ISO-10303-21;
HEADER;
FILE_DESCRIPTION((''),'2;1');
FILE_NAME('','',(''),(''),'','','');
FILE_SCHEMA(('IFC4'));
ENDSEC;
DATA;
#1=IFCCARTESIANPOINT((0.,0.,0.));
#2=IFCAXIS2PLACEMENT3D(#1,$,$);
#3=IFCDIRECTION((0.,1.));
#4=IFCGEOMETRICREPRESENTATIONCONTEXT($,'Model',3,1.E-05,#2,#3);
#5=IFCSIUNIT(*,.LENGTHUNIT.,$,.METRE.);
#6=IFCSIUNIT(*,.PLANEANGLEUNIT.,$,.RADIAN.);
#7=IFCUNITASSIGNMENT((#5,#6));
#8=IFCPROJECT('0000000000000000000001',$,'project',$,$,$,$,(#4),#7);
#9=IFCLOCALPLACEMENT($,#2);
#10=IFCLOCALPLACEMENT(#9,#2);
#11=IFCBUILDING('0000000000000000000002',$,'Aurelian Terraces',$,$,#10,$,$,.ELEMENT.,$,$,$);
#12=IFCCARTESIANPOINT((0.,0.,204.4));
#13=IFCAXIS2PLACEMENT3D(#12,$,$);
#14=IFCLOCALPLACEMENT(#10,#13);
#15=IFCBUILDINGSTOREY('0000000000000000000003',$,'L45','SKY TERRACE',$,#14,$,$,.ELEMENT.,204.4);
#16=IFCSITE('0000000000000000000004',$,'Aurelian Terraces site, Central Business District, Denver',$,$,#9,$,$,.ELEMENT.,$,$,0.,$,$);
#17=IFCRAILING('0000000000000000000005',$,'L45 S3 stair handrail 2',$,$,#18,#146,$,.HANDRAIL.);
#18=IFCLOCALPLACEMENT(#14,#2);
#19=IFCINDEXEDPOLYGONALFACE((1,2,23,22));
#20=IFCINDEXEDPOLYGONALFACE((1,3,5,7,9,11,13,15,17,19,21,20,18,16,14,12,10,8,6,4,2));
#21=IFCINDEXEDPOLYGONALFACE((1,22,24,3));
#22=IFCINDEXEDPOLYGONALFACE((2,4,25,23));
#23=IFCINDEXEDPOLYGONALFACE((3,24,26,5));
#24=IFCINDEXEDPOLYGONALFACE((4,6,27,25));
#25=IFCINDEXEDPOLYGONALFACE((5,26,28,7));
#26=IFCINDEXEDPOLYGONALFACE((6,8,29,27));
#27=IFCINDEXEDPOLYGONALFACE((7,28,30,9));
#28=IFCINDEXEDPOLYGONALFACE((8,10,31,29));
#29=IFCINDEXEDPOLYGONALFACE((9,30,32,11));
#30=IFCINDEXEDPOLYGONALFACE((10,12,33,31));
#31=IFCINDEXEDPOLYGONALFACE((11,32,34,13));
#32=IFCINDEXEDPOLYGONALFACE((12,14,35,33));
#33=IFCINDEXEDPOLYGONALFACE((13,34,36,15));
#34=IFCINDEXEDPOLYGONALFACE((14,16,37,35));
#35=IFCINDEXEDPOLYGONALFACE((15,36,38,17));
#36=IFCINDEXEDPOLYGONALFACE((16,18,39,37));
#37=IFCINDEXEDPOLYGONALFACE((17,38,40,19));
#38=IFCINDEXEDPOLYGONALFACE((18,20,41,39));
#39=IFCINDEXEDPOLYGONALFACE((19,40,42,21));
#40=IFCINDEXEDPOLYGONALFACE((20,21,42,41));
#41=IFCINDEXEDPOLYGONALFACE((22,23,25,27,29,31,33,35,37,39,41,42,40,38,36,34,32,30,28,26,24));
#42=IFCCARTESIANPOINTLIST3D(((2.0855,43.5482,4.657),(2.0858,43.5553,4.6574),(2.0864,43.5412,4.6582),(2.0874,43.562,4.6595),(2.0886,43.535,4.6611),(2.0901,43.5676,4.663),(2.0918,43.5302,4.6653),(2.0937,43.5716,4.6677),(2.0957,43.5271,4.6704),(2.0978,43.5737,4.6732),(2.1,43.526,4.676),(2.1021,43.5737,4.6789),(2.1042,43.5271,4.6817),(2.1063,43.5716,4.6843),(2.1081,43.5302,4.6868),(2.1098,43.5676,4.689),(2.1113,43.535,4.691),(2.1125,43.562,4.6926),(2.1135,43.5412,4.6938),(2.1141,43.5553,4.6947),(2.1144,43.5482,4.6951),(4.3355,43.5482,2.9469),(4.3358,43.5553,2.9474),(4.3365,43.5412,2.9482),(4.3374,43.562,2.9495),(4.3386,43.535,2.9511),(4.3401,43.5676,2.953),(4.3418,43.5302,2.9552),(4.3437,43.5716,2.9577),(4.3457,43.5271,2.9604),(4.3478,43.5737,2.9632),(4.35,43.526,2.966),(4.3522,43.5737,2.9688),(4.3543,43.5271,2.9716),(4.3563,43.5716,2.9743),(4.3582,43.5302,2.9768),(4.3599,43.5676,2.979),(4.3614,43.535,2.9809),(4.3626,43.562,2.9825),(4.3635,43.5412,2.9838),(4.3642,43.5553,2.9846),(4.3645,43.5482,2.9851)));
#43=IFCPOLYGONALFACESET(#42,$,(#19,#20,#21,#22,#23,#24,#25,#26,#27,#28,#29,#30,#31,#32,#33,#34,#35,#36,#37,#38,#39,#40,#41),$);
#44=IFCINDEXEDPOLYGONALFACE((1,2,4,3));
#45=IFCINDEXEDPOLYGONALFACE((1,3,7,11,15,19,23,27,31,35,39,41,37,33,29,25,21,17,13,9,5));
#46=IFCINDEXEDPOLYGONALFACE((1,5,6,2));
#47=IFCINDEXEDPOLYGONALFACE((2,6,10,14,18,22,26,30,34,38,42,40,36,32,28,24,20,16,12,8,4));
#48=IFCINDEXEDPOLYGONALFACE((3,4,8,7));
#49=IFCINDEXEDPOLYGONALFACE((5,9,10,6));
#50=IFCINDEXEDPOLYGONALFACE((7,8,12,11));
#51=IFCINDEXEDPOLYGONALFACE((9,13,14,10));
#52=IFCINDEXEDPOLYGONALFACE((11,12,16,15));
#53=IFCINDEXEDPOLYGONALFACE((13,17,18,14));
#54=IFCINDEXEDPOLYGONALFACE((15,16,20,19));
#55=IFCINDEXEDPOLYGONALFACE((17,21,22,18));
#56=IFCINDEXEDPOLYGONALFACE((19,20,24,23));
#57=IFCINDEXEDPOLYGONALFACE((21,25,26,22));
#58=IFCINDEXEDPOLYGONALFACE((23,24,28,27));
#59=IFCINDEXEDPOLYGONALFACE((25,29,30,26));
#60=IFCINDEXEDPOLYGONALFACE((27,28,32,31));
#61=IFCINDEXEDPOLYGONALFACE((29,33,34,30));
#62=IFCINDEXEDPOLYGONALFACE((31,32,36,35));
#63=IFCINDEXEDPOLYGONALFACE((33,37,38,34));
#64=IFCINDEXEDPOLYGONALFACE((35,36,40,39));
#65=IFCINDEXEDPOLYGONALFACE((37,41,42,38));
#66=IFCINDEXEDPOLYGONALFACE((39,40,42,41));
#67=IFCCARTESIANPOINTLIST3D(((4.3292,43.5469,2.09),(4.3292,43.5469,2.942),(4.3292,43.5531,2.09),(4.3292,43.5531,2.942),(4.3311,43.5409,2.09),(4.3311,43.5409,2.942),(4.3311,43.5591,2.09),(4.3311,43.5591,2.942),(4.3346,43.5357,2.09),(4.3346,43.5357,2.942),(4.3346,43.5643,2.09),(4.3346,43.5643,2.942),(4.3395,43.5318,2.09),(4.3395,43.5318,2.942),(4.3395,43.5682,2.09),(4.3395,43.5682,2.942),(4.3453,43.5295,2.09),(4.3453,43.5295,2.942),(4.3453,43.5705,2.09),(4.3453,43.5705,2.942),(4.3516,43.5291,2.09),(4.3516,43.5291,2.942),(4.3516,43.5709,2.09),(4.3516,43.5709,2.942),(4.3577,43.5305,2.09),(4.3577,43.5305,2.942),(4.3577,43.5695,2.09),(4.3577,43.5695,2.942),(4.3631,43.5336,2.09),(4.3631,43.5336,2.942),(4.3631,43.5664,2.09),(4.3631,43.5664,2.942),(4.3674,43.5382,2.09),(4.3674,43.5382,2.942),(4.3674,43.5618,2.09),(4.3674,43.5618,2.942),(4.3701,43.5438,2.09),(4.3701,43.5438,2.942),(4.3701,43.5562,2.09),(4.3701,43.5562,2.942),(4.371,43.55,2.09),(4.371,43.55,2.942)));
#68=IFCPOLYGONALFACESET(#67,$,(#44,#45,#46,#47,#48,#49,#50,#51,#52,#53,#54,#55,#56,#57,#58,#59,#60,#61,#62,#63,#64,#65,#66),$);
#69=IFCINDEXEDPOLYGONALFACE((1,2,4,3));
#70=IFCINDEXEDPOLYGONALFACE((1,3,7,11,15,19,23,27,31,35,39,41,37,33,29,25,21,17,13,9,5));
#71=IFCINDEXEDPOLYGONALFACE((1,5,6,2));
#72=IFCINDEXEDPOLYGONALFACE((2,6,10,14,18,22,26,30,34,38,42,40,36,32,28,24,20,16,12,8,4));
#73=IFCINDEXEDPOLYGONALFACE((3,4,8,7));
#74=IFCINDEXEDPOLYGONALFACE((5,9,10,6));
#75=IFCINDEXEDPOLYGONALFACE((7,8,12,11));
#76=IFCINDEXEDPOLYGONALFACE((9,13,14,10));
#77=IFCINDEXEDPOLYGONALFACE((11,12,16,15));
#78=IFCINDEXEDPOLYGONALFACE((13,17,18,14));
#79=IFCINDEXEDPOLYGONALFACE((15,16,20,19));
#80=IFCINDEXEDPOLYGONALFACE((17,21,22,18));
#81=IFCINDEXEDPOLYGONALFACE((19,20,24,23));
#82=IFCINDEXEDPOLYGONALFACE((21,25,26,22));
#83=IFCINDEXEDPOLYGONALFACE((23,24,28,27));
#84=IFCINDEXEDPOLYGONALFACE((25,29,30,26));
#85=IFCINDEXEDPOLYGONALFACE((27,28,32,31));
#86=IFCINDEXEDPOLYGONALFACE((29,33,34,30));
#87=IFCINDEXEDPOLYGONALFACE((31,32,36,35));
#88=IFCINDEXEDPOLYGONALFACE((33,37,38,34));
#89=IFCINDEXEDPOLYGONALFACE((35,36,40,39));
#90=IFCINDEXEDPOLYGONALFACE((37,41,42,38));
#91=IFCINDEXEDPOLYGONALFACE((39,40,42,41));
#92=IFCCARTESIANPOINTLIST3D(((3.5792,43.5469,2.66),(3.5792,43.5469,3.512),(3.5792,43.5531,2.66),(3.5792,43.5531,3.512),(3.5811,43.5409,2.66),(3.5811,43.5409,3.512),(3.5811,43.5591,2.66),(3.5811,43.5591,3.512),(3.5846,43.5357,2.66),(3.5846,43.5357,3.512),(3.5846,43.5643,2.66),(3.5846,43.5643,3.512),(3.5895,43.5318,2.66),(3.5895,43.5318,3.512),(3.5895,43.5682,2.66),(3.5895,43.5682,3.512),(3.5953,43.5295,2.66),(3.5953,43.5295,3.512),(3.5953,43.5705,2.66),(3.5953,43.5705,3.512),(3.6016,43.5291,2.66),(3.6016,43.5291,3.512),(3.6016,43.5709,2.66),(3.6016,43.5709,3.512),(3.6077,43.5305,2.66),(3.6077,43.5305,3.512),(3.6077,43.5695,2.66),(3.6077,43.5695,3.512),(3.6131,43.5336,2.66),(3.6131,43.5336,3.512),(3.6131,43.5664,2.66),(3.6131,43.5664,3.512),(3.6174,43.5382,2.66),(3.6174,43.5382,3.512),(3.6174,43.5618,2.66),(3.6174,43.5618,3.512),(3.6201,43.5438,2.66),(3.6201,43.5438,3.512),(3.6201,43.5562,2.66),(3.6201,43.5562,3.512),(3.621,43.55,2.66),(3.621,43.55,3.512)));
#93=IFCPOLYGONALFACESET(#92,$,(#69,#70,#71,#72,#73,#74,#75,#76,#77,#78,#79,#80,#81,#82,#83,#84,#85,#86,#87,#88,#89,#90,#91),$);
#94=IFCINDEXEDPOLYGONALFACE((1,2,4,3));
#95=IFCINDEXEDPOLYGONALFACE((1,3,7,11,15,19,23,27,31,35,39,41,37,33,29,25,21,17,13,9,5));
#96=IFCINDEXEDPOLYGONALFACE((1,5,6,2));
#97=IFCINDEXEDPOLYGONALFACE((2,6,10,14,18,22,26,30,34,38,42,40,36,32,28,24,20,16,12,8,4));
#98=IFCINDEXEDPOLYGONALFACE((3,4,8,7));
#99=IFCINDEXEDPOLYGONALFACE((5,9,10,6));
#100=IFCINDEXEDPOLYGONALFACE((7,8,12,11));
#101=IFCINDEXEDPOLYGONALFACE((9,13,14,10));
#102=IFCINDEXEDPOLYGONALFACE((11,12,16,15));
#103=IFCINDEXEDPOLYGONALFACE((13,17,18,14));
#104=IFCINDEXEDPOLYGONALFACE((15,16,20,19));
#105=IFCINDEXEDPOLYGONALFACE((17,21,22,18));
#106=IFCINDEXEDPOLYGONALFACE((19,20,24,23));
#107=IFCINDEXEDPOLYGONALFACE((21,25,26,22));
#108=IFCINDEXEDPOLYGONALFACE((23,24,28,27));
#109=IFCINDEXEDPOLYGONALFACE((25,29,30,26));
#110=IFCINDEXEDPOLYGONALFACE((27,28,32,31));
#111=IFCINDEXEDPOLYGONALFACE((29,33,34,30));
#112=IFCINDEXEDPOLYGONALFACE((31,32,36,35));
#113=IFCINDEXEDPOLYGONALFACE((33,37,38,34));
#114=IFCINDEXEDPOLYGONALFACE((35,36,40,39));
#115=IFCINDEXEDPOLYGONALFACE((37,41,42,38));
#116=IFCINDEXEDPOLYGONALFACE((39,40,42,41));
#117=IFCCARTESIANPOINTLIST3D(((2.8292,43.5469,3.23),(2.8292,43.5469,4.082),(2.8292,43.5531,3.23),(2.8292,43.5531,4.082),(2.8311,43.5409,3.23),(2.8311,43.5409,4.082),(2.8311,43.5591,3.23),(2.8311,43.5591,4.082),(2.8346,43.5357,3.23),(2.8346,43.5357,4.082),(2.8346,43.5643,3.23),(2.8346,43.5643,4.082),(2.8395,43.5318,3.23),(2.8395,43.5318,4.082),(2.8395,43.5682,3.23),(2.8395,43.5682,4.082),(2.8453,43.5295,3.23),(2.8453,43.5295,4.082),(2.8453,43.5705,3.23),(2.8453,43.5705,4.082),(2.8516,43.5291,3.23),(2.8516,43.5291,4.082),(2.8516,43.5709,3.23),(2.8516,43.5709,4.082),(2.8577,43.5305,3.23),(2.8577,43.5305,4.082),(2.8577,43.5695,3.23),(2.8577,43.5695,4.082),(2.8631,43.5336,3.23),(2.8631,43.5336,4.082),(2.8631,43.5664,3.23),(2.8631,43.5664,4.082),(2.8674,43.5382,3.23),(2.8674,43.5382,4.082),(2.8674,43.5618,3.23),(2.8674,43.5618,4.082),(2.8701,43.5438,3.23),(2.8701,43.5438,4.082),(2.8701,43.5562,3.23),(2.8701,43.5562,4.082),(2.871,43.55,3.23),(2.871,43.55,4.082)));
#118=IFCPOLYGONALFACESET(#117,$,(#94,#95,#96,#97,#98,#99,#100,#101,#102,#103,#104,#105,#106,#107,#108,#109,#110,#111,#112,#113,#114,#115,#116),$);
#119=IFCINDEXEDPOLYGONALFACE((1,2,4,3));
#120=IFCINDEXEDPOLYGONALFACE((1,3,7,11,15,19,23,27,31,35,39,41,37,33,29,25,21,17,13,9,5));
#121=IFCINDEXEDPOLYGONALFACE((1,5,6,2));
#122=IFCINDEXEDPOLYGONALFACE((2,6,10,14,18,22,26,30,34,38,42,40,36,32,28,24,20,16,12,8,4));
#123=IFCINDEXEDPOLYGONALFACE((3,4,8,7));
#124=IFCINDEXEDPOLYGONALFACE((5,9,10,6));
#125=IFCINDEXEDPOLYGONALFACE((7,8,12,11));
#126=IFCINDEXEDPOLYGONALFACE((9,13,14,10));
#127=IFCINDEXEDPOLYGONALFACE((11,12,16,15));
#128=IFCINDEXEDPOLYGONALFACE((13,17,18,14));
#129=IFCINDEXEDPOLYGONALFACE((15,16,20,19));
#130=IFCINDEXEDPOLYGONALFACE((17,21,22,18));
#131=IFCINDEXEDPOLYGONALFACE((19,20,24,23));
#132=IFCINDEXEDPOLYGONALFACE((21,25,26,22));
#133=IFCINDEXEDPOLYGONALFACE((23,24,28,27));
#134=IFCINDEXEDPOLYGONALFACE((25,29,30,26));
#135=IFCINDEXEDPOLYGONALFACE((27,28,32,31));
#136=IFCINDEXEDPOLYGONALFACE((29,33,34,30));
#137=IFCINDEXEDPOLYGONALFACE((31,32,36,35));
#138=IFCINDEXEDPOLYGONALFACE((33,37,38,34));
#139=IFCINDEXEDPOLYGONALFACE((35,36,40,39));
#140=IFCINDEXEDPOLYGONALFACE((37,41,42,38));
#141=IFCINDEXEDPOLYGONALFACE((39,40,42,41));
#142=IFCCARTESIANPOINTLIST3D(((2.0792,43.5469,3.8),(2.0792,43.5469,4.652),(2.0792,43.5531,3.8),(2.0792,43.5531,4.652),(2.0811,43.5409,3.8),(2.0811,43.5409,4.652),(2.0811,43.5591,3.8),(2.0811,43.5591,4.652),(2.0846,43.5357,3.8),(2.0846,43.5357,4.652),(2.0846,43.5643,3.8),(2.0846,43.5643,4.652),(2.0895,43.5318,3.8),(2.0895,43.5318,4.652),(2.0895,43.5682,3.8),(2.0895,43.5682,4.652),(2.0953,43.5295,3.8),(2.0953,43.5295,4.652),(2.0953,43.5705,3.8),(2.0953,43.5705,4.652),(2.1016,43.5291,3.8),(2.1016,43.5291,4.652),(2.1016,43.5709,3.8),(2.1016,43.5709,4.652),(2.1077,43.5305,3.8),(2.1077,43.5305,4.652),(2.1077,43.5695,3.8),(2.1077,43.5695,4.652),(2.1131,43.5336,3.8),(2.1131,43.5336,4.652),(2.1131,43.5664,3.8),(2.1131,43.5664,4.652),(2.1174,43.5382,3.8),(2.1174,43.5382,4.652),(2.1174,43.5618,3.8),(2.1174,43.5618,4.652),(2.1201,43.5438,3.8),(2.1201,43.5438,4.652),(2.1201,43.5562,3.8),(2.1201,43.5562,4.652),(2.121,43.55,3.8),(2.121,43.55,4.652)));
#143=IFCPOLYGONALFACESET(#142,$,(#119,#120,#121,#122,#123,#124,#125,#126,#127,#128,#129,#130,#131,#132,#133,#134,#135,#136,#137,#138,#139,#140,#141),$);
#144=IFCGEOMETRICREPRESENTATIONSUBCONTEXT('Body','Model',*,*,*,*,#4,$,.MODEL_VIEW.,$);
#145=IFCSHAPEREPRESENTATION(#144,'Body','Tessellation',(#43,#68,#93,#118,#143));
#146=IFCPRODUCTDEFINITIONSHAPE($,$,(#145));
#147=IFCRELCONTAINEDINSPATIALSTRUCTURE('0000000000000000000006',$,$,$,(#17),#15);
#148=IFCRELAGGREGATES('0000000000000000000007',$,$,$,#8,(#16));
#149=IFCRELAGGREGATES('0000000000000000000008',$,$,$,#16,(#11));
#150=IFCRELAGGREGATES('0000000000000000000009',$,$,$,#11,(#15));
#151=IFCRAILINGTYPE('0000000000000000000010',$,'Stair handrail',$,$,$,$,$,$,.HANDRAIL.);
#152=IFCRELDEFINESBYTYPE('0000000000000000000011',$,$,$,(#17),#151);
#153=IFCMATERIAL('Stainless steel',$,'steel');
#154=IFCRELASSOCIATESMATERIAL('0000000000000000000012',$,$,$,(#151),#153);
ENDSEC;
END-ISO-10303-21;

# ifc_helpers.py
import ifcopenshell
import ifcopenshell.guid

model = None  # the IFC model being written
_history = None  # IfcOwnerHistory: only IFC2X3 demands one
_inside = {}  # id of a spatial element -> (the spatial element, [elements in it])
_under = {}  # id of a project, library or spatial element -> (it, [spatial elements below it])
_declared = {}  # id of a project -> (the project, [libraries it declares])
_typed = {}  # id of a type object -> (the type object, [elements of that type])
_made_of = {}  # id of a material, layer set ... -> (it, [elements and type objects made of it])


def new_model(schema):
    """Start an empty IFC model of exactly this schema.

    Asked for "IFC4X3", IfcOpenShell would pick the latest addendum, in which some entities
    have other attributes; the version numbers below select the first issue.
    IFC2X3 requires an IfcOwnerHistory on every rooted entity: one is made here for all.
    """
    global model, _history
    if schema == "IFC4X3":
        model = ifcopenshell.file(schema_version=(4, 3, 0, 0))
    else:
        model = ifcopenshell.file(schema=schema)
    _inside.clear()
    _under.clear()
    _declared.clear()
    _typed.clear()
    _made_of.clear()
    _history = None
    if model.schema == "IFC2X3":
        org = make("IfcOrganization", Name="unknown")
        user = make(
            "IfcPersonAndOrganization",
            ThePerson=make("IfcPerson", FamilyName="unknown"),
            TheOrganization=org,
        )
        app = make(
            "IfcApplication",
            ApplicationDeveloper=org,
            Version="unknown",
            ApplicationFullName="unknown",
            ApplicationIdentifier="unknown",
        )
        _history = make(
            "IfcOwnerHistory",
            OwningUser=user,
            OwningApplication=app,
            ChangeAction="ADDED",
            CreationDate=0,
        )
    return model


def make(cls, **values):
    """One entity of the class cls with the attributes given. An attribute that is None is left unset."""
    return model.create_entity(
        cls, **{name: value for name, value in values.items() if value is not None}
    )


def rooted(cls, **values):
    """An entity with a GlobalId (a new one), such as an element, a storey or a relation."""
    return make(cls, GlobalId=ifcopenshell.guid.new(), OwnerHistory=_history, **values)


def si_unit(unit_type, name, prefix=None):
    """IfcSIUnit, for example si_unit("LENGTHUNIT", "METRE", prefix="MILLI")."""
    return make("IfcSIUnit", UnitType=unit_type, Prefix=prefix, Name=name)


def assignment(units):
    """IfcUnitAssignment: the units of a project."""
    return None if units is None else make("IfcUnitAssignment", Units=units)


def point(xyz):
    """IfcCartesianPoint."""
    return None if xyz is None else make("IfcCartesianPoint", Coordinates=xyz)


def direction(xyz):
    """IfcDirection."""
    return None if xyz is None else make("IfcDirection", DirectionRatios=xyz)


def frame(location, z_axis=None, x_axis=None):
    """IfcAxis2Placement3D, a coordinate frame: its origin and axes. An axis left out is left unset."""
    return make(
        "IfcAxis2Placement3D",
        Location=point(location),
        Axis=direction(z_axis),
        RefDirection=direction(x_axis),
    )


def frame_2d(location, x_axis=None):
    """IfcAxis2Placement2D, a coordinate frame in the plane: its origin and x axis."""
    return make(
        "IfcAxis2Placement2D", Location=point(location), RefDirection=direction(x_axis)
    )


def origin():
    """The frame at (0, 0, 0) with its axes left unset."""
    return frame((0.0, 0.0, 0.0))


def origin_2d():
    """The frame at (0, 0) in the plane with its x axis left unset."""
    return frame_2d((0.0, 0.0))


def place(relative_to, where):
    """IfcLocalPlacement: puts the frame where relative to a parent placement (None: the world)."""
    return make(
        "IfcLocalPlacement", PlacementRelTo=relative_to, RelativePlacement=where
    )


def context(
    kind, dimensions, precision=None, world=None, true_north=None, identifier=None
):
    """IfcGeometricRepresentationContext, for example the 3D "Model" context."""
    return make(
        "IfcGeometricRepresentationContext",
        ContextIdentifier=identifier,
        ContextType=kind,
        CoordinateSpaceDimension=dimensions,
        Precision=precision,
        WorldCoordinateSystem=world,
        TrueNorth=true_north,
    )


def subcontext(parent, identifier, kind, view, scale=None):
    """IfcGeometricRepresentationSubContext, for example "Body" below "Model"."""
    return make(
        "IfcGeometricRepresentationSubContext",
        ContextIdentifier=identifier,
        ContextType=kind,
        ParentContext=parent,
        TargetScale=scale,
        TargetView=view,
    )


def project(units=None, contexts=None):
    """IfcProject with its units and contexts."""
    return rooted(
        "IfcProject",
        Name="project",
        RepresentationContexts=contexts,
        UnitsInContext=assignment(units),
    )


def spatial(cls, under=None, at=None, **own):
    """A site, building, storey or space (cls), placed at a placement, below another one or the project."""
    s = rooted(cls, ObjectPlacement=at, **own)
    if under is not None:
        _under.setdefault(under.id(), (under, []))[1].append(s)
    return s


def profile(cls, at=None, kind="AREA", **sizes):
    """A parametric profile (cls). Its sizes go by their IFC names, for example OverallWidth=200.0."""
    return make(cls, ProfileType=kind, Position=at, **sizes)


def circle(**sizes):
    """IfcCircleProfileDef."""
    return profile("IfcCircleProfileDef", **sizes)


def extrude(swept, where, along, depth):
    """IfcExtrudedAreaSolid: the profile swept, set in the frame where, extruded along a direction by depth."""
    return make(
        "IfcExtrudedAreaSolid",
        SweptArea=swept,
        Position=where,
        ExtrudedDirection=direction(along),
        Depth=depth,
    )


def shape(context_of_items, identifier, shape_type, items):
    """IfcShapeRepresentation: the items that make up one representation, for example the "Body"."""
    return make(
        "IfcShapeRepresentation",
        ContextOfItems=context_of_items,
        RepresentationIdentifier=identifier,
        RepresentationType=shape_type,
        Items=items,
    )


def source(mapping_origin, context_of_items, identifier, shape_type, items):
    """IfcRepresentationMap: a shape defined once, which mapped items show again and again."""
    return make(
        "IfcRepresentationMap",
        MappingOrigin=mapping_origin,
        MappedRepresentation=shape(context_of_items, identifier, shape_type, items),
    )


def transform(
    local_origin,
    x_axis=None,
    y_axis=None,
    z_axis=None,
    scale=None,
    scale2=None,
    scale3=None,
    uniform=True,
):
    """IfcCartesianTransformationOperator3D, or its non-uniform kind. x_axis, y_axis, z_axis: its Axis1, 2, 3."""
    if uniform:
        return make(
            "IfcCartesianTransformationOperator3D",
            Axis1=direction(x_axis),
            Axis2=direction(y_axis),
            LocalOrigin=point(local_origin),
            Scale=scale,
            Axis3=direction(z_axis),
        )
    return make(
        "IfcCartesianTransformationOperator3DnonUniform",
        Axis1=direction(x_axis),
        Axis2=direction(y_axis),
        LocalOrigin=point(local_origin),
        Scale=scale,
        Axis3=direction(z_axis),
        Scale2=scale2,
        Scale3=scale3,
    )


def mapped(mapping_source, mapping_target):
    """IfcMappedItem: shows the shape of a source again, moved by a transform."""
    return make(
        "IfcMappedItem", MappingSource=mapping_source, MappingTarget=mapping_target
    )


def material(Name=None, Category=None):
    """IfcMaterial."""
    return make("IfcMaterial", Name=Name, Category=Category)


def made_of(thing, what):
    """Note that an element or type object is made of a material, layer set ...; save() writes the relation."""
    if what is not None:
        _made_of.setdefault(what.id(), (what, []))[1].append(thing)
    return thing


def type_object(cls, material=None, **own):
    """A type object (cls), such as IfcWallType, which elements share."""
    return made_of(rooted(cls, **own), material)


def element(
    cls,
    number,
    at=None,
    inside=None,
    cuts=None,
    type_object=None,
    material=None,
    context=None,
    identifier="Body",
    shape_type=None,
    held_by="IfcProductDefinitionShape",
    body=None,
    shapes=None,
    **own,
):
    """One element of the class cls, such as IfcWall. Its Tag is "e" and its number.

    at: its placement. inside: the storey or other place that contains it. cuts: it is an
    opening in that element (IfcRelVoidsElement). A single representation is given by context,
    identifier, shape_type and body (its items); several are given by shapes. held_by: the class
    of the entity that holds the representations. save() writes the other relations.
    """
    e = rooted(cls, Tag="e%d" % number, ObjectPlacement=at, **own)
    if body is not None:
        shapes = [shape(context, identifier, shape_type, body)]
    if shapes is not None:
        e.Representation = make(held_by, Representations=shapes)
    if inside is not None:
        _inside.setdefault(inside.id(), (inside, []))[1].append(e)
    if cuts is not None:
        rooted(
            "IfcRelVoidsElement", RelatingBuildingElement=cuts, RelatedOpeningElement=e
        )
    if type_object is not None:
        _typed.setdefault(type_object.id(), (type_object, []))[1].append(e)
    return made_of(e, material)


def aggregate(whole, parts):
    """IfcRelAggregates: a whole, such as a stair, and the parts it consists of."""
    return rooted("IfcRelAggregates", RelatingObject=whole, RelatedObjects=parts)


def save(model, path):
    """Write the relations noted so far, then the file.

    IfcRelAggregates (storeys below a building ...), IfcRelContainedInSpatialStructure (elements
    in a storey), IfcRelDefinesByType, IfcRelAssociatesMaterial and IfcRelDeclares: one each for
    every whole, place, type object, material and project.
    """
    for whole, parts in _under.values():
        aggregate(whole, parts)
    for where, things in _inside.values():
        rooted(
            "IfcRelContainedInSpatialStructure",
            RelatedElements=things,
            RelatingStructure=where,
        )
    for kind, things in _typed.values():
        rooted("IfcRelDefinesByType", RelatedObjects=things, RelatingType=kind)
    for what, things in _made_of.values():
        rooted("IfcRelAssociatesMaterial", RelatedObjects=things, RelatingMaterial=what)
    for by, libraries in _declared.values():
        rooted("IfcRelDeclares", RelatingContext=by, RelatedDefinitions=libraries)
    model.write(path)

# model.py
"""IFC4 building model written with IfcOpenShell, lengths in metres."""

from ifc_helpers import new_model, si_unit, direction, frame, origin, origin_2d, place, context, subcontext, project, spatial, circle, extrude, source, transform, mapped, material, type_object, element, save


model = new_model("IFC4")

# Units and contexts
model_context = context("Model", 3, precision=1e-05, world=origin(), true_north=direction((0.0, 1.0)))
body_context = subcontext(model_context, "Body", "Model", "MODEL_VIEW")
ifc_project = project(units=[si_unit("LENGTHUNIT", "METRE"), si_unit("PLANEANGLEUNIT", "RADIAN")], contexts=[model_context])

# Site, building, storey
site_placement = place(None, origin())
site = spatial("IfcSite", under=ifc_project, at=site_placement, Name="Aurelian Terraces site, Central Business District, Denver", CompositionType="ELEMENT", RefElevation=0.0)
building_placement = place(site_placement, origin())
building = spatial("IfcBuilding", under=site, at=building_placement, Name="Aurelian Terraces", CompositionType="ELEMENT")
storey_placement = place(building_placement, frame((0.0, 0.0, 204.4)))
storey = spatial("IfcBuildingStorey", under=building, at=storey_placement, Name="L45", Description="SKY TERRACE", CompositionType="ELEMENT", Elevation=204.4)

# Railing
ifc_material_1 = material(Name="Stainless steel", Category="steel")
railing_type_1 = type_object("IfcRailingType", Name="Stair handrail", PredefinedType="HANDRAIL", material=ifc_material_1)
shared_shape_1 = source(origin(), body_context, "Body", "SweptSolid", [
    extrude(circle(Radius=0.024, at=origin_2d()), frame((0.0, 0.0, 0.876), z_axis=(-0.796162, 0.0, 0.605083), x_axis=(0.0, -1.0, 0.0)), (0.0, 0.0, 1.0), 2.8261),
    extrude(circle(Radius=0.021, at=origin_2d()), origin(), (0.0, 0.0, 1.0), 0.852),
    extrude(circle(Radius=0.021, at=origin_2d()), frame((-0.75, 0.0, 0.57)), (0.0, 0.0, 1.0), 0.852),
    extrude(circle(Radius=0.021, at=origin_2d()), frame((-1.5, 0.0, 1.14)), (0.0, 0.0, 1.0), 0.852),
    extrude(circle(Radius=0.021, at=origin_2d()), frame((-2.25, 0.0, 1.71)), (0.0, 0.0, 1.0), 0.852),
])
railing_1_placement = place(storey_placement, frame((4.35, 43.55, 2.09)))
element("IfcRailing", 1, at=railing_1_placement, inside=storey, type_object=railing_type_1, Name="L45 S3 stair handrail 2", PredefinedType="HANDRAIL", context=body_context, shape_type="MappedRepresentation", body=[
    mapped(shared_shape_1, transform((0.0, 0.0, 0.0), scale=1.0)),
])

save(model, "model.ifc")
